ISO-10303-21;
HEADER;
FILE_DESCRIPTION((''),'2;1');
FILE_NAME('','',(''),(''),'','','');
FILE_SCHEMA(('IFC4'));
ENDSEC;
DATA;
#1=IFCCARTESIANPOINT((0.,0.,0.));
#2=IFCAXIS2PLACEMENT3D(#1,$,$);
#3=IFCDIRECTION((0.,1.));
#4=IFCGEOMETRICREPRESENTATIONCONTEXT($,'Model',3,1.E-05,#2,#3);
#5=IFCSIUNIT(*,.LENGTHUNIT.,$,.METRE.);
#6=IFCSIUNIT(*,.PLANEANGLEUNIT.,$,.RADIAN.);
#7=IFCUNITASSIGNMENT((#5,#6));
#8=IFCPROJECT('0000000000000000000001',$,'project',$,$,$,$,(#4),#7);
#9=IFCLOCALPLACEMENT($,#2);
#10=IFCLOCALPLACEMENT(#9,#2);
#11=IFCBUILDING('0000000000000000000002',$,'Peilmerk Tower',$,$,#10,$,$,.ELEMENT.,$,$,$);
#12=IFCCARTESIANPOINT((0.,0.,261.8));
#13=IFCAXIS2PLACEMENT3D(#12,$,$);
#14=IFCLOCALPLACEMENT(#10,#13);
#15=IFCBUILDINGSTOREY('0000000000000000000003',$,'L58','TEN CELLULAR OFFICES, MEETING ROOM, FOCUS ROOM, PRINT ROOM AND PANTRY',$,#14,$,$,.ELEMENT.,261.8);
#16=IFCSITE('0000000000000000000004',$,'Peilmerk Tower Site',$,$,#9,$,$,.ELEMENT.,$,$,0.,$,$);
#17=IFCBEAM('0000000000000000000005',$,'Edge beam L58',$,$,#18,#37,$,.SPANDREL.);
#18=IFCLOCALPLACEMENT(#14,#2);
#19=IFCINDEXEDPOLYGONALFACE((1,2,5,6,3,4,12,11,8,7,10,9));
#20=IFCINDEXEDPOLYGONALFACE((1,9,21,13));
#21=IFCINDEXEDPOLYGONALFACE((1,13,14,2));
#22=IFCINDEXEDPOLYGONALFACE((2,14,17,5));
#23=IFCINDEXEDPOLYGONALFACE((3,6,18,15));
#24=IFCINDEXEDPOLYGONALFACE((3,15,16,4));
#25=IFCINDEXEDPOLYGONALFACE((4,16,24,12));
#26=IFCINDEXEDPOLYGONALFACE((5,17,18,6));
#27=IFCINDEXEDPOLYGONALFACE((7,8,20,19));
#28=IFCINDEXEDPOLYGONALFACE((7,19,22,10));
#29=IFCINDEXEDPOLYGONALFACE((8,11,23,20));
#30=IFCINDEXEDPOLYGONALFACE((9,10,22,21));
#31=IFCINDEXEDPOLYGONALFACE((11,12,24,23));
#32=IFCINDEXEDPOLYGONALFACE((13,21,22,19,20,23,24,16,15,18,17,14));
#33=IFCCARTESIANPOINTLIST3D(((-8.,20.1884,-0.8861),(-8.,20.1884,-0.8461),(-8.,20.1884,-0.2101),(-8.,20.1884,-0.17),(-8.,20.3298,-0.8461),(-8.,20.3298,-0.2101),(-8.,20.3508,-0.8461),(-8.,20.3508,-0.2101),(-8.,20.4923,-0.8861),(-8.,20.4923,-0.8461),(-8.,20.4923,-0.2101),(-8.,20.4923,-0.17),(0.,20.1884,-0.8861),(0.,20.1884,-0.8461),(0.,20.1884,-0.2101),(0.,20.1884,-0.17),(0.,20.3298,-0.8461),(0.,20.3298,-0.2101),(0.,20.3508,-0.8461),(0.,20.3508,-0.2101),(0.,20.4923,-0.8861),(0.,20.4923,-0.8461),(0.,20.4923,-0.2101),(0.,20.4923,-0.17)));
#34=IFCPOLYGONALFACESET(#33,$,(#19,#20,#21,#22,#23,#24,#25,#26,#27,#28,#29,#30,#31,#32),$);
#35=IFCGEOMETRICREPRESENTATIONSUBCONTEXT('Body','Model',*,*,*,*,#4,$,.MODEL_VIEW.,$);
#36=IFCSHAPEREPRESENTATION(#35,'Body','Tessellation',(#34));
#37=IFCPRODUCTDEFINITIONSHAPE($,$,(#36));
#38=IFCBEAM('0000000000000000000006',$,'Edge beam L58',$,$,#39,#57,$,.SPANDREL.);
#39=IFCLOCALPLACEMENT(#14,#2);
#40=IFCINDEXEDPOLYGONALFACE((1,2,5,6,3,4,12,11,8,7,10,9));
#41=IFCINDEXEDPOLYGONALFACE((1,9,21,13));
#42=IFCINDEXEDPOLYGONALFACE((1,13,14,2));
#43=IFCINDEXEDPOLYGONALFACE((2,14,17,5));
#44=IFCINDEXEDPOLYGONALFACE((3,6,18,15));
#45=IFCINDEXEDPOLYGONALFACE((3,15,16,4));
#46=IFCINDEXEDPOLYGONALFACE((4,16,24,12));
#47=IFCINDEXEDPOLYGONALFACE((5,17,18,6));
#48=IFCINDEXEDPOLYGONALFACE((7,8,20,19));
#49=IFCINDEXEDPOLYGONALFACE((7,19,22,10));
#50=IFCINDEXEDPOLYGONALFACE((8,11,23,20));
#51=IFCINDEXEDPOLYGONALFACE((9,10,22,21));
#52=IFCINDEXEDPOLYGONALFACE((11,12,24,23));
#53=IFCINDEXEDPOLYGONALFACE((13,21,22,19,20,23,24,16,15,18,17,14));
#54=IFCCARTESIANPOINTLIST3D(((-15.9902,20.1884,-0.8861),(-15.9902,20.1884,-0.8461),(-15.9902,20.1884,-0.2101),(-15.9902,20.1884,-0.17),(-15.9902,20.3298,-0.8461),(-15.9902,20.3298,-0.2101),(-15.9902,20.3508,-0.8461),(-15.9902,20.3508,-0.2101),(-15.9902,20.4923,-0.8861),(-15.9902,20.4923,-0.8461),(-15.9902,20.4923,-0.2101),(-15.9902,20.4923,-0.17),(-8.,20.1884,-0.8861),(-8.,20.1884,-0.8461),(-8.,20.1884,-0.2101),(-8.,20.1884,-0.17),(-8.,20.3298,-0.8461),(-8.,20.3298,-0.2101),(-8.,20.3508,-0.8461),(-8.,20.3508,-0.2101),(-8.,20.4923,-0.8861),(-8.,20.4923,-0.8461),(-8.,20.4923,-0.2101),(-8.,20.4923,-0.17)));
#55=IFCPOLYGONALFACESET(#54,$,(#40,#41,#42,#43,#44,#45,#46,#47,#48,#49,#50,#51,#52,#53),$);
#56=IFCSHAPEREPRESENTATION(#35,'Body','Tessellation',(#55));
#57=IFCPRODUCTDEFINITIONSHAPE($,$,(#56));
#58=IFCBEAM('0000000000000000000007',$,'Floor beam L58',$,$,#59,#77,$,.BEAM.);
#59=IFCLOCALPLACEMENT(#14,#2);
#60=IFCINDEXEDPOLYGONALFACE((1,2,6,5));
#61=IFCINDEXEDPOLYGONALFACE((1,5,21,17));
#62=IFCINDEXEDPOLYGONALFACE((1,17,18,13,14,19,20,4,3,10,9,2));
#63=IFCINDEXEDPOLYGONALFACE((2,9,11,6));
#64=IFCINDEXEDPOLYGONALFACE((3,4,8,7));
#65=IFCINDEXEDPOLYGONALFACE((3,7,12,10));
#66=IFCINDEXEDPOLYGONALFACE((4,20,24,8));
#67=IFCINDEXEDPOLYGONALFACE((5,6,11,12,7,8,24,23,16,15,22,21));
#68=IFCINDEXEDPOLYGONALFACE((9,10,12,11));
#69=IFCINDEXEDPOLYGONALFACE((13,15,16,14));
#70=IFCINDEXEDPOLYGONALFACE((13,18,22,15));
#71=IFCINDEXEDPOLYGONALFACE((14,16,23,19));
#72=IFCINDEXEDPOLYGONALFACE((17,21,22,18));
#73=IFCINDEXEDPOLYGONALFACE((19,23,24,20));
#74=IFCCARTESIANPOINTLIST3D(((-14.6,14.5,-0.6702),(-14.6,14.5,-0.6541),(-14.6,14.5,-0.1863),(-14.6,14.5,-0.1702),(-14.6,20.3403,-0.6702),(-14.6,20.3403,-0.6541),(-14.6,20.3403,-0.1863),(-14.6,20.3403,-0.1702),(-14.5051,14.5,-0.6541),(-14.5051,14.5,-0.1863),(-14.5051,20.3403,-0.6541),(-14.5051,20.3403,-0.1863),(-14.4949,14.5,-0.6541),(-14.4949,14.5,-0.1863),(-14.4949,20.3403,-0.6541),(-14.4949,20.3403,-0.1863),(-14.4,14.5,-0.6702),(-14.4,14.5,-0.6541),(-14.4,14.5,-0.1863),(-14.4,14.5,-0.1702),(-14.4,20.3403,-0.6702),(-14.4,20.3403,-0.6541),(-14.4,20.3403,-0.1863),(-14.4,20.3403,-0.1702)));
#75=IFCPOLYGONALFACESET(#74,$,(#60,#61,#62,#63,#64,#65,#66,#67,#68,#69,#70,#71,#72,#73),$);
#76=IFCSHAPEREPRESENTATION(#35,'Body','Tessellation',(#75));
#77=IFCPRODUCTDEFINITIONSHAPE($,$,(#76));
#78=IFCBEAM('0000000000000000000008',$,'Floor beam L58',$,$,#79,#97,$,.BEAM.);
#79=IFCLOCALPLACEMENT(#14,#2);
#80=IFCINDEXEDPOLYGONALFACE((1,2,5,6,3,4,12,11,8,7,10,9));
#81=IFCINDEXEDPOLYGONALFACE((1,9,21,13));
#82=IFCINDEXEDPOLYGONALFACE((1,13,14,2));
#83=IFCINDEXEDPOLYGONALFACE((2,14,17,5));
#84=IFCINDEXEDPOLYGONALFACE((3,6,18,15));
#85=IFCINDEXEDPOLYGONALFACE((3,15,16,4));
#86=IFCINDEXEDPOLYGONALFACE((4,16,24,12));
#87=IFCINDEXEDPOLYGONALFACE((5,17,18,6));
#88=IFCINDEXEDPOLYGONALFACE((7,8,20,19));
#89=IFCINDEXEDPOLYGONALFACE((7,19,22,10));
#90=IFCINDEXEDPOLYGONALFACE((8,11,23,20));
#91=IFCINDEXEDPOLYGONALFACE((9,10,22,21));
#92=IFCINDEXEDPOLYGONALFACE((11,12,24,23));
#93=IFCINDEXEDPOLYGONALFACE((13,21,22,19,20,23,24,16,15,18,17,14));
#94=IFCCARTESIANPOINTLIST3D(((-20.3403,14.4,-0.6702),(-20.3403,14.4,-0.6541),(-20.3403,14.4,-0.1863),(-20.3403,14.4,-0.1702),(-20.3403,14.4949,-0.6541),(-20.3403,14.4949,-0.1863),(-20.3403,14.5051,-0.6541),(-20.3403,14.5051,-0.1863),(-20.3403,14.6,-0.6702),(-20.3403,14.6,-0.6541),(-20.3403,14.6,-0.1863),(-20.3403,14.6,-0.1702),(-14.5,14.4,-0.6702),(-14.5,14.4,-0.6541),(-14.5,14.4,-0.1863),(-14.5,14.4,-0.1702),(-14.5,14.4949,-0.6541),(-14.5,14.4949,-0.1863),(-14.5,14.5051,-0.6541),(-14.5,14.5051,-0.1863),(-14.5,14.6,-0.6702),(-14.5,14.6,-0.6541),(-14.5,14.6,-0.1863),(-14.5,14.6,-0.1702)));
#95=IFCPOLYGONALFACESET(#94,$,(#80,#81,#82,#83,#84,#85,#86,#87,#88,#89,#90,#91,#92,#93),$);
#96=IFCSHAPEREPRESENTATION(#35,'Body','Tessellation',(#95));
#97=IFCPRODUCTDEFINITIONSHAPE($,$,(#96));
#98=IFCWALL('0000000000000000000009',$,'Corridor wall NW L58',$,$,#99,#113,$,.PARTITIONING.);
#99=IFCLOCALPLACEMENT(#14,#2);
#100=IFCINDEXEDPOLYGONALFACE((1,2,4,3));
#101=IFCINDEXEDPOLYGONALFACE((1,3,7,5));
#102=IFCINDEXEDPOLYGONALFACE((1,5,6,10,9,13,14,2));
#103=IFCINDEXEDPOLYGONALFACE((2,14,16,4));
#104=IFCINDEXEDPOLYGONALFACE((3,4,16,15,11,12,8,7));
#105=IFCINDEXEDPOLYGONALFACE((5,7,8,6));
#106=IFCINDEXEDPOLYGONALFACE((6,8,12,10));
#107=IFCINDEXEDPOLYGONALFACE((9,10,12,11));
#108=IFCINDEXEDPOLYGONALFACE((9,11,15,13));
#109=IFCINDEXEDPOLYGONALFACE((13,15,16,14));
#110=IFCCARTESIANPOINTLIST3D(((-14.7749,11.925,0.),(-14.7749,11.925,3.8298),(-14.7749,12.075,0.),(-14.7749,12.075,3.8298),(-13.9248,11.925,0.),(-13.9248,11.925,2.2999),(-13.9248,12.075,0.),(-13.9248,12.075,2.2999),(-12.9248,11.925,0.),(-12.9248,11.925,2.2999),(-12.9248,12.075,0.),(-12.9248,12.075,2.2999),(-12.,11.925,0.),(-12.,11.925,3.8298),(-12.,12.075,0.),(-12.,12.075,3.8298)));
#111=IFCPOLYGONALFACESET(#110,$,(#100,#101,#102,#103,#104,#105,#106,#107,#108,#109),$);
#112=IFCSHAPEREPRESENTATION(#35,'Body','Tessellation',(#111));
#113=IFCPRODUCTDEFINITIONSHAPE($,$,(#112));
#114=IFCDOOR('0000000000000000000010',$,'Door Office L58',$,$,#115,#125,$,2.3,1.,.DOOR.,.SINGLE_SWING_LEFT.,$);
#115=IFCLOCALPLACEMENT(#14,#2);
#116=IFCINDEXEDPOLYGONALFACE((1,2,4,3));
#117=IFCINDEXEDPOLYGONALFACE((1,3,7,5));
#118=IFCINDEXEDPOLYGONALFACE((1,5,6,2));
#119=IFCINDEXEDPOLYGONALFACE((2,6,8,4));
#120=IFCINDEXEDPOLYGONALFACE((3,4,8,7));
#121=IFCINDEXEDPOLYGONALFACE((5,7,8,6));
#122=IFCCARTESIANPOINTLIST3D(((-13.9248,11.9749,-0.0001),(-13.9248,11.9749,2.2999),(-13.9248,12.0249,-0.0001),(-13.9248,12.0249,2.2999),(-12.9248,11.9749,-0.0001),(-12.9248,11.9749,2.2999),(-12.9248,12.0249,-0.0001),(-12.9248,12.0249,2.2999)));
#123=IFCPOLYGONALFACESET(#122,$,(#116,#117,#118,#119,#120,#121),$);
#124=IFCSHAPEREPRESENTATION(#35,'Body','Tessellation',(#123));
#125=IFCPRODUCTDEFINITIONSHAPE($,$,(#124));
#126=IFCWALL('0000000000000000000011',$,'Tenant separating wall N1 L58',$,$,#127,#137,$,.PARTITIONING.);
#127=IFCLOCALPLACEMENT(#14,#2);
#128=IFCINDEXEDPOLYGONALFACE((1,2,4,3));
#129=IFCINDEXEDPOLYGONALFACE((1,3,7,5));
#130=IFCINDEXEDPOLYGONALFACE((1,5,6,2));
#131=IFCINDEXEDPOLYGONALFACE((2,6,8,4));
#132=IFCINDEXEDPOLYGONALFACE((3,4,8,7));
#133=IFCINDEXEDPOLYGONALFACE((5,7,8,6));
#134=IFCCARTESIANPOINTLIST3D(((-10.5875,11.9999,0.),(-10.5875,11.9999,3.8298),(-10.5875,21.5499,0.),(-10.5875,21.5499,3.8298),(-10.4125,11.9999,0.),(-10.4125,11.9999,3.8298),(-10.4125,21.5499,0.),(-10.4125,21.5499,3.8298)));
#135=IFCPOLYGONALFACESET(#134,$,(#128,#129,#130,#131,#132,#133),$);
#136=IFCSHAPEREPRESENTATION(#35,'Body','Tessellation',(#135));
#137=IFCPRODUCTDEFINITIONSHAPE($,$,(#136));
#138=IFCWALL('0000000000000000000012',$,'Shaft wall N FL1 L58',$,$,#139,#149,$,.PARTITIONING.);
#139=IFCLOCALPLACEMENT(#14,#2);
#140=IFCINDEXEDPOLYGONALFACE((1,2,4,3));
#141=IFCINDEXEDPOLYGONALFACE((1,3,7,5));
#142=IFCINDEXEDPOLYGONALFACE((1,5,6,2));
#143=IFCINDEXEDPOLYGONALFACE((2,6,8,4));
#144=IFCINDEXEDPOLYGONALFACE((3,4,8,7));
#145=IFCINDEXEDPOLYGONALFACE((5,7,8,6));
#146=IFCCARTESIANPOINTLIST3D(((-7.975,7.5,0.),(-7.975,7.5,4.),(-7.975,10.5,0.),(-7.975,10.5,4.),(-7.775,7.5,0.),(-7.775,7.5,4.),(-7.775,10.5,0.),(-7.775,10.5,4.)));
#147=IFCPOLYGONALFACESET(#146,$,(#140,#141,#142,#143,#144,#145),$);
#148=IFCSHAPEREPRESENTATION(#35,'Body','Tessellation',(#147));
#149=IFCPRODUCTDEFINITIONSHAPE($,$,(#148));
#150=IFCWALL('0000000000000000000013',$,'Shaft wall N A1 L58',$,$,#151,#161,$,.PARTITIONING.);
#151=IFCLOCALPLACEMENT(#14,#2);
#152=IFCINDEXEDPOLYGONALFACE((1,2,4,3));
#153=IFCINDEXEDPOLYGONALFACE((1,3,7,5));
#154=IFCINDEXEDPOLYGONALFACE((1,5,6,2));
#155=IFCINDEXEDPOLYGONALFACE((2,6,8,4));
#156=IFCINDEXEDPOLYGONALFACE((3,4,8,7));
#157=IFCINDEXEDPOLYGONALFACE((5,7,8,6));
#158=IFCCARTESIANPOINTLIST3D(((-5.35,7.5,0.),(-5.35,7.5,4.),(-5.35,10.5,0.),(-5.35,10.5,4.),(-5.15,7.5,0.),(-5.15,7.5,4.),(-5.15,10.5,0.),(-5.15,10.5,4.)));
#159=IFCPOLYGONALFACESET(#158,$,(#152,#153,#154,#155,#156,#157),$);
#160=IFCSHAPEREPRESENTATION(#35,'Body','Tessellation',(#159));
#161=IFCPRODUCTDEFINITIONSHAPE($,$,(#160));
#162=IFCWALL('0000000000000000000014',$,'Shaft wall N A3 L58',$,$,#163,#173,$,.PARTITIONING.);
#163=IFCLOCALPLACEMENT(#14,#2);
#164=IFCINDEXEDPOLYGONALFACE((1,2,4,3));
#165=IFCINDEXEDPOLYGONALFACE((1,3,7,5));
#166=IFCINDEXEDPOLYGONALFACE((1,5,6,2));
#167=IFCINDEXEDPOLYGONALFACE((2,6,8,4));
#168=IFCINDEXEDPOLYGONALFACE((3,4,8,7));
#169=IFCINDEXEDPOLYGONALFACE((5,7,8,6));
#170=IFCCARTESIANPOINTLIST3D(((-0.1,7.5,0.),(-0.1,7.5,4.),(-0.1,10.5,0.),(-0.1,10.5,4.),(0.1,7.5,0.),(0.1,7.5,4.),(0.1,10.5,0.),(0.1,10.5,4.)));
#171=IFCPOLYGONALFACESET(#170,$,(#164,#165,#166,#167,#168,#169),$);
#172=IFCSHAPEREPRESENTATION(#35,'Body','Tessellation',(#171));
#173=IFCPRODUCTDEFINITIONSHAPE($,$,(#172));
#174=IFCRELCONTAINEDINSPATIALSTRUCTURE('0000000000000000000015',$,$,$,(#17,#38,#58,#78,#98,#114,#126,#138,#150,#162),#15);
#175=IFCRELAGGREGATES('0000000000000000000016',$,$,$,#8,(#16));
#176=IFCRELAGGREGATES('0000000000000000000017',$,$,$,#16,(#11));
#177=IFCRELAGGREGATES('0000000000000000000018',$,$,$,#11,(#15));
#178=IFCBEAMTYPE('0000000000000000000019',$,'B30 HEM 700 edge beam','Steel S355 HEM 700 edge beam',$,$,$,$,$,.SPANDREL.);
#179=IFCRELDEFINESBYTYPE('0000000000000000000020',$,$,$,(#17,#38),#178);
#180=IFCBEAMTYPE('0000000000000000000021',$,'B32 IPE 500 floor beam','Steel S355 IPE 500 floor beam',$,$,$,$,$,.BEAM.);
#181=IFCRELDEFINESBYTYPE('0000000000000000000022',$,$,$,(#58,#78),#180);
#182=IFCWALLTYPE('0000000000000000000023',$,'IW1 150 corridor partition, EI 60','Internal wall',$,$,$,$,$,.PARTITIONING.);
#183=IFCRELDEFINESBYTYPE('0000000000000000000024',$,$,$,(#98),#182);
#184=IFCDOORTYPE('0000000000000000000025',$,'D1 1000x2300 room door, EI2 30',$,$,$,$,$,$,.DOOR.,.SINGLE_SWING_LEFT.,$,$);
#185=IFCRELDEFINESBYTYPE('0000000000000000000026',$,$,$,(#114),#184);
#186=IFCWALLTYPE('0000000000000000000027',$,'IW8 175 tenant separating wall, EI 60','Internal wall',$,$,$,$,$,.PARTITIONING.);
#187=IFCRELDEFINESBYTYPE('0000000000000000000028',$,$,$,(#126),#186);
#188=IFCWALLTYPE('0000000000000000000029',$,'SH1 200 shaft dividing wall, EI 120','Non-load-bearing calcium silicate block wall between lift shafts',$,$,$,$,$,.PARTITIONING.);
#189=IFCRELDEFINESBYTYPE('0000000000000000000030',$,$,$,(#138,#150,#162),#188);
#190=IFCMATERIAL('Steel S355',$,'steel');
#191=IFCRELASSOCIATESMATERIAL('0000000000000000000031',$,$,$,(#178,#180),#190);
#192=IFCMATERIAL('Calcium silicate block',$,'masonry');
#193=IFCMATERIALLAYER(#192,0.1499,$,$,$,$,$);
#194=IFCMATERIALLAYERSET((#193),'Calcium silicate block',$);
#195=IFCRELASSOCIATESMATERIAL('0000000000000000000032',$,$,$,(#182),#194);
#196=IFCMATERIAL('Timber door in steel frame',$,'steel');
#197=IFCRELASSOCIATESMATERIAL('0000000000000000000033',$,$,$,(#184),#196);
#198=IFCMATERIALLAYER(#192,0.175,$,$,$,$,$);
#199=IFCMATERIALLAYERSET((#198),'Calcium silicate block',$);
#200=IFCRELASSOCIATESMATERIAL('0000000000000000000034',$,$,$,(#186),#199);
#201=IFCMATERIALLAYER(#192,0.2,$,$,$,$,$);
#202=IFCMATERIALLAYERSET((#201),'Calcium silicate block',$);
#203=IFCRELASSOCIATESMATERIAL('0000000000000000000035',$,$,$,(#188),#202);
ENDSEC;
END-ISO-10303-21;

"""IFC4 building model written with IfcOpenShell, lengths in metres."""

from ifc_helpers import new_model, si_unit, direction, frame, frame_2d, origin, origin_2d, place, context, subcontext, project, spatial, rectangle, i_section, extrude, material, layer, layer_set, material_profile, profile_set, type_object, element, fill, save


model = new_model("IFC4")

# Units and contexts
model_context = context("Model", 3, precision=1e-05, world=origin(), true_north=direction((0.0, 1.0)))
body_context = subcontext(model_context, "Body", "Model", "MODEL_VIEW")
ifc_project = project(units=[si_unit("LENGTHUNIT", "METRE"), si_unit("PLANEANGLEUNIT", "RADIAN")], contexts=[model_context])

# Site, building, storey
site_placement = place(None, origin())
site = spatial("IfcSite", under=ifc_project, at=site_placement, Name="Peilmerk Tower Site", CompositionType="ELEMENT", RefElevation=0.0)
building_placement = place(site_placement, origin())
building = spatial("IfcBuilding", under=site, at=building_placement, Name="Peilmerk Tower", CompositionType="ELEMENT")
storey_placement = place(building_placement, frame((0.0, 0.0, 261.8)))
storey = spatial("IfcBuildingStorey", under=building, at=storey_placement, Name="L58", Description="TEN CELLULAR OFFICES, MEETING ROOM, FOCUS ROOM, PRINT ROOM AND PANTRY", CompositionType="ELEMENT", Elevation=261.8)

# Beams
ifc_material_1 = material(Name="Steel S355", Category="steel")
ifc_material_profile_1 = material_profile(ifc_material_1, i_section(OverallWidth=0.304, OverallDepth=0.7161, WebThickness=0.021, FlangeThickness=0.04, at=origin_2d()), Name="HEM 700")
ifc_profile_set_1 = profile_set([ifc_material_profile_1], Name="Steel S355")
beam_type_1 = type_object("IfcBeamType", Name="B30 HEM 700 edge beam", Description="Steel S355 HEM 700 edge beam", PredefinedType="SPANDREL", material=ifc_profile_set_1)
beam_1_placement = place(storey_placement, frame((0.0, 20.3403, -0.5281), z_axis=(-1.0, 0.0, 0.0), x_axis=(0.0, -1.0, 0.0)))
element("IfcBeam", 1, at=beam_1_placement, inside=storey, type_object=beam_type_1, Name="Edge beam L58", PredefinedType="SPANDREL", context=body_context, shape_type="SweptSolid", body=[
    extrude(i_section(OverallWidth=0.304, OverallDepth=0.7161, WebThickness=0.021, FlangeThickness=0.04, at=origin_2d()), origin(), (0.0, 0.0, 1.0), 8.0),
])
beam_2_placement = place(storey_placement, frame((-8.0, 20.3403, -0.5281), z_axis=(-1.0, 0.0, 0.0), x_axis=(0.0, -1.0, 0.0)))
element("IfcBeam", 2, at=beam_2_placement, inside=storey, type_object=beam_type_1, Name="Edge beam L58", PredefinedType="SPANDREL", context=body_context, shape_type="SweptSolid", body=[
    extrude(i_section(OverallWidth=0.304, OverallDepth=0.7161, WebThickness=0.021, FlangeThickness=0.04, at=origin_2d()), origin(), (0.0, 0.0, 1.0), 7.9902),
])
ifc_material_profile_2 = material_profile(ifc_material_1, i_section(OverallWidth=0.2, OverallDepth=0.5, WebThickness=0.0103, FlangeThickness=0.0161, at=origin_2d()), Name="IPE 500")
ifc_profile_set_2 = profile_set([ifc_material_profile_2], Name="Steel S355")
beam_type_2 = type_object("IfcBeamType", Name="B32 IPE 500 floor beam", Description="Steel S355 IPE 500 floor beam", PredefinedType="BEAM", material=ifc_profile_set_2)
for number, where, z_axis, x_axis, name in (
    (3, (-14.5, 14.5, -0.4202), (0.0, 1.0, 0.0), (-1.0, 0.0, 0.0), "Floor beam L58"),
    (4, (-14.5, 14.5, -0.4202), (-1.0, 0.0, 0.0), (0.0, -1.0, 0.0), "Floor beam L58"),
):
    element("IfcBeam", number, at=place(storey_placement, frame(where, z_axis=z_axis, x_axis=x_axis)), inside=storey, type_object=beam_type_2, Name=name, PredefinedType="BEAM", context=body_context, shape_type="SweptSolid", body=[
        extrude(i_section(OverallWidth=0.2, OverallDepth=0.5, WebThickness=0.0103, FlangeThickness=0.0161, at=origin_2d()), origin(), (0.0, 0.0, 1.0), 5.8403),
    ])

# Wall, opening, door
ifc_material_2 = material(Name="Calcium silicate block", Category="masonry")
ifc_layer_1 = layer(ifc_material_2, 0.1499)
ifc_layer_set_1 = layer_set([ifc_layer_1], Name="Calcium silicate block")
wall_type_1 = type_object("IfcWallType", Name="IW1 150 corridor partition, EI 60", Description="Internal wall", PredefinedType="PARTITIONING", material=ifc_layer_set_1)
wall_1_placement = place(storey_placement, frame((-14.7749, 12.0, 0.0), z_axis=(0.0, 0.0, 1.0), x_axis=(1.0, 0.0, 0.0)))
wall_1 = element("IfcWall", 5, at=wall_1_placement, inside=storey, type_object=wall_type_1, Name="Corridor wall NW L58", PredefinedType="PARTITIONING", context=body_context, shape_type="SweptSolid", body=[
    extrude(rectangle(XDim=2.7749, YDim=0.1499, at=frame_2d((1.3875, 0.0))), origin(), (0.0, 0.0, 1.0), 3.8298),
])
opening_1_placement = place(wall_1_placement, frame((0.8501, 0.0, 0.0)))
opening_1 = element("IfcOpeningElement", 6, at=opening_1_placement, cuts=wall_1, PredefinedType="OPENING", context=body_context, shape_type="SweptSolid", body=[
    extrude(rectangle(XDim=1.0, YDim=2.3, at=frame_2d((0.5, 1.1499))), frame((0.0, 0.085, 0.0), z_axis=(0.0, -1.0, 0.0), x_axis=(1.0, 0.0, 0.0)), (0.0, 0.0, 1.0), 0.1699),
])
ifc_material_3 = material(Name="Timber door in steel frame", Category="steel")
door_type_1 = type_object("IfcDoorType", Name="D1 1000x2300 room door, EI2 30", OperationType="SINGLE_SWING_LEFT", PredefinedType="DOOR", material=ifc_material_3)
door_1_placement = place(opening_1_placement, origin())
door_1 = element("IfcDoor", 7, at=door_1_placement, inside=storey, type_object=door_type_1, Name="Door Office L58", OperationType="SINGLE_SWING_LEFT", OverallHeight=2.3, OverallWidth=1.0, PredefinedType="DOOR", context=body_context, shape_type="SweptSolid", body=[
    extrude(rectangle(XDim=1.0, YDim=2.3, at=frame_2d((0.5, 1.1499))), frame((0.0, 0.0249, 0.0), z_axis=(0.0, -1.0, 0.0), x_axis=(1.0, 0.0, 0.0)), (0.0, 0.0, 1.0), 0.05),
])
fill(opening_1, door_1)

# Walls
ifc_layer_2 = layer(ifc_material_2, 0.175)
ifc_layer_set_2 = layer_set([ifc_layer_2], Name="Calcium silicate block")
wall_type_2 = type_object("IfcWallType", Name="IW8 175 tenant separating wall, EI 60", Description="Internal wall", PredefinedType="PARTITIONING", material=ifc_layer_set_2)
wall_2_placement = place(storey_placement, frame((-10.5, 12.0, 0.0), z_axis=(0.0, 0.0, 1.0), x_axis=(0.0, 1.0, 0.0)))
element("IfcWall", 8, at=wall_2_placement, inside=storey, type_object=wall_type_2, Name="Tenant separating wall N1 L58", PredefinedType="PARTITIONING", context=body_context, shape_type="SweptSolid", body=[
    extrude(rectangle(XDim=9.55, YDim=0.175, at=frame_2d((4.7749, 0.0))), origin(), (0.0, 0.0, 1.0), 3.8298),
])
ifc_layer_3 = layer(ifc_material_2, 0.2)
ifc_layer_set_3 = layer_set([ifc_layer_3], Name="Calcium silicate block")
wall_type_3 = type_object("IfcWallType", Name="SH1 200 shaft dividing wall, EI 120", Description="Non-load-bearing calcium silicate block wall between lift shafts", PredefinedType="PARTITIONING", material=ifc_layer_set_3)
for number, where, z_axis, x_axis, name in (
    (9, (-7.875, 7.5, 0.0), (0.0, 0.0, 1.0), (0.0, 1.0, 0.0), "Shaft wall N FL1 L58"),
    (10, (-5.25, 7.5, 0.0), (0.0, 0.0, 1.0), (0.0, 1.0, 0.0), "Shaft wall N A1 L58"),
    (11, (0.0, 7.5, 0.0), (0.0, 0.0, 1.0), (0.0, 1.0, 0.0), "Shaft wall N A3 L58"),
):
    element("IfcWall", number, at=place(storey_placement, frame(where, z_axis=z_axis, x_axis=x_axis)), inside=storey, type_object=wall_type_3, Name=name, PredefinedType="PARTITIONING", context=body_context, shape_type="SweptSolid", body=[
        extrude(rectangle(XDim=3.0, YDim=0.2, at=frame_2d((1.5, 0.0))), origin(), (0.0, 0.0, 1.0), 4.0),
    ])

save(model, "model.ifc")
